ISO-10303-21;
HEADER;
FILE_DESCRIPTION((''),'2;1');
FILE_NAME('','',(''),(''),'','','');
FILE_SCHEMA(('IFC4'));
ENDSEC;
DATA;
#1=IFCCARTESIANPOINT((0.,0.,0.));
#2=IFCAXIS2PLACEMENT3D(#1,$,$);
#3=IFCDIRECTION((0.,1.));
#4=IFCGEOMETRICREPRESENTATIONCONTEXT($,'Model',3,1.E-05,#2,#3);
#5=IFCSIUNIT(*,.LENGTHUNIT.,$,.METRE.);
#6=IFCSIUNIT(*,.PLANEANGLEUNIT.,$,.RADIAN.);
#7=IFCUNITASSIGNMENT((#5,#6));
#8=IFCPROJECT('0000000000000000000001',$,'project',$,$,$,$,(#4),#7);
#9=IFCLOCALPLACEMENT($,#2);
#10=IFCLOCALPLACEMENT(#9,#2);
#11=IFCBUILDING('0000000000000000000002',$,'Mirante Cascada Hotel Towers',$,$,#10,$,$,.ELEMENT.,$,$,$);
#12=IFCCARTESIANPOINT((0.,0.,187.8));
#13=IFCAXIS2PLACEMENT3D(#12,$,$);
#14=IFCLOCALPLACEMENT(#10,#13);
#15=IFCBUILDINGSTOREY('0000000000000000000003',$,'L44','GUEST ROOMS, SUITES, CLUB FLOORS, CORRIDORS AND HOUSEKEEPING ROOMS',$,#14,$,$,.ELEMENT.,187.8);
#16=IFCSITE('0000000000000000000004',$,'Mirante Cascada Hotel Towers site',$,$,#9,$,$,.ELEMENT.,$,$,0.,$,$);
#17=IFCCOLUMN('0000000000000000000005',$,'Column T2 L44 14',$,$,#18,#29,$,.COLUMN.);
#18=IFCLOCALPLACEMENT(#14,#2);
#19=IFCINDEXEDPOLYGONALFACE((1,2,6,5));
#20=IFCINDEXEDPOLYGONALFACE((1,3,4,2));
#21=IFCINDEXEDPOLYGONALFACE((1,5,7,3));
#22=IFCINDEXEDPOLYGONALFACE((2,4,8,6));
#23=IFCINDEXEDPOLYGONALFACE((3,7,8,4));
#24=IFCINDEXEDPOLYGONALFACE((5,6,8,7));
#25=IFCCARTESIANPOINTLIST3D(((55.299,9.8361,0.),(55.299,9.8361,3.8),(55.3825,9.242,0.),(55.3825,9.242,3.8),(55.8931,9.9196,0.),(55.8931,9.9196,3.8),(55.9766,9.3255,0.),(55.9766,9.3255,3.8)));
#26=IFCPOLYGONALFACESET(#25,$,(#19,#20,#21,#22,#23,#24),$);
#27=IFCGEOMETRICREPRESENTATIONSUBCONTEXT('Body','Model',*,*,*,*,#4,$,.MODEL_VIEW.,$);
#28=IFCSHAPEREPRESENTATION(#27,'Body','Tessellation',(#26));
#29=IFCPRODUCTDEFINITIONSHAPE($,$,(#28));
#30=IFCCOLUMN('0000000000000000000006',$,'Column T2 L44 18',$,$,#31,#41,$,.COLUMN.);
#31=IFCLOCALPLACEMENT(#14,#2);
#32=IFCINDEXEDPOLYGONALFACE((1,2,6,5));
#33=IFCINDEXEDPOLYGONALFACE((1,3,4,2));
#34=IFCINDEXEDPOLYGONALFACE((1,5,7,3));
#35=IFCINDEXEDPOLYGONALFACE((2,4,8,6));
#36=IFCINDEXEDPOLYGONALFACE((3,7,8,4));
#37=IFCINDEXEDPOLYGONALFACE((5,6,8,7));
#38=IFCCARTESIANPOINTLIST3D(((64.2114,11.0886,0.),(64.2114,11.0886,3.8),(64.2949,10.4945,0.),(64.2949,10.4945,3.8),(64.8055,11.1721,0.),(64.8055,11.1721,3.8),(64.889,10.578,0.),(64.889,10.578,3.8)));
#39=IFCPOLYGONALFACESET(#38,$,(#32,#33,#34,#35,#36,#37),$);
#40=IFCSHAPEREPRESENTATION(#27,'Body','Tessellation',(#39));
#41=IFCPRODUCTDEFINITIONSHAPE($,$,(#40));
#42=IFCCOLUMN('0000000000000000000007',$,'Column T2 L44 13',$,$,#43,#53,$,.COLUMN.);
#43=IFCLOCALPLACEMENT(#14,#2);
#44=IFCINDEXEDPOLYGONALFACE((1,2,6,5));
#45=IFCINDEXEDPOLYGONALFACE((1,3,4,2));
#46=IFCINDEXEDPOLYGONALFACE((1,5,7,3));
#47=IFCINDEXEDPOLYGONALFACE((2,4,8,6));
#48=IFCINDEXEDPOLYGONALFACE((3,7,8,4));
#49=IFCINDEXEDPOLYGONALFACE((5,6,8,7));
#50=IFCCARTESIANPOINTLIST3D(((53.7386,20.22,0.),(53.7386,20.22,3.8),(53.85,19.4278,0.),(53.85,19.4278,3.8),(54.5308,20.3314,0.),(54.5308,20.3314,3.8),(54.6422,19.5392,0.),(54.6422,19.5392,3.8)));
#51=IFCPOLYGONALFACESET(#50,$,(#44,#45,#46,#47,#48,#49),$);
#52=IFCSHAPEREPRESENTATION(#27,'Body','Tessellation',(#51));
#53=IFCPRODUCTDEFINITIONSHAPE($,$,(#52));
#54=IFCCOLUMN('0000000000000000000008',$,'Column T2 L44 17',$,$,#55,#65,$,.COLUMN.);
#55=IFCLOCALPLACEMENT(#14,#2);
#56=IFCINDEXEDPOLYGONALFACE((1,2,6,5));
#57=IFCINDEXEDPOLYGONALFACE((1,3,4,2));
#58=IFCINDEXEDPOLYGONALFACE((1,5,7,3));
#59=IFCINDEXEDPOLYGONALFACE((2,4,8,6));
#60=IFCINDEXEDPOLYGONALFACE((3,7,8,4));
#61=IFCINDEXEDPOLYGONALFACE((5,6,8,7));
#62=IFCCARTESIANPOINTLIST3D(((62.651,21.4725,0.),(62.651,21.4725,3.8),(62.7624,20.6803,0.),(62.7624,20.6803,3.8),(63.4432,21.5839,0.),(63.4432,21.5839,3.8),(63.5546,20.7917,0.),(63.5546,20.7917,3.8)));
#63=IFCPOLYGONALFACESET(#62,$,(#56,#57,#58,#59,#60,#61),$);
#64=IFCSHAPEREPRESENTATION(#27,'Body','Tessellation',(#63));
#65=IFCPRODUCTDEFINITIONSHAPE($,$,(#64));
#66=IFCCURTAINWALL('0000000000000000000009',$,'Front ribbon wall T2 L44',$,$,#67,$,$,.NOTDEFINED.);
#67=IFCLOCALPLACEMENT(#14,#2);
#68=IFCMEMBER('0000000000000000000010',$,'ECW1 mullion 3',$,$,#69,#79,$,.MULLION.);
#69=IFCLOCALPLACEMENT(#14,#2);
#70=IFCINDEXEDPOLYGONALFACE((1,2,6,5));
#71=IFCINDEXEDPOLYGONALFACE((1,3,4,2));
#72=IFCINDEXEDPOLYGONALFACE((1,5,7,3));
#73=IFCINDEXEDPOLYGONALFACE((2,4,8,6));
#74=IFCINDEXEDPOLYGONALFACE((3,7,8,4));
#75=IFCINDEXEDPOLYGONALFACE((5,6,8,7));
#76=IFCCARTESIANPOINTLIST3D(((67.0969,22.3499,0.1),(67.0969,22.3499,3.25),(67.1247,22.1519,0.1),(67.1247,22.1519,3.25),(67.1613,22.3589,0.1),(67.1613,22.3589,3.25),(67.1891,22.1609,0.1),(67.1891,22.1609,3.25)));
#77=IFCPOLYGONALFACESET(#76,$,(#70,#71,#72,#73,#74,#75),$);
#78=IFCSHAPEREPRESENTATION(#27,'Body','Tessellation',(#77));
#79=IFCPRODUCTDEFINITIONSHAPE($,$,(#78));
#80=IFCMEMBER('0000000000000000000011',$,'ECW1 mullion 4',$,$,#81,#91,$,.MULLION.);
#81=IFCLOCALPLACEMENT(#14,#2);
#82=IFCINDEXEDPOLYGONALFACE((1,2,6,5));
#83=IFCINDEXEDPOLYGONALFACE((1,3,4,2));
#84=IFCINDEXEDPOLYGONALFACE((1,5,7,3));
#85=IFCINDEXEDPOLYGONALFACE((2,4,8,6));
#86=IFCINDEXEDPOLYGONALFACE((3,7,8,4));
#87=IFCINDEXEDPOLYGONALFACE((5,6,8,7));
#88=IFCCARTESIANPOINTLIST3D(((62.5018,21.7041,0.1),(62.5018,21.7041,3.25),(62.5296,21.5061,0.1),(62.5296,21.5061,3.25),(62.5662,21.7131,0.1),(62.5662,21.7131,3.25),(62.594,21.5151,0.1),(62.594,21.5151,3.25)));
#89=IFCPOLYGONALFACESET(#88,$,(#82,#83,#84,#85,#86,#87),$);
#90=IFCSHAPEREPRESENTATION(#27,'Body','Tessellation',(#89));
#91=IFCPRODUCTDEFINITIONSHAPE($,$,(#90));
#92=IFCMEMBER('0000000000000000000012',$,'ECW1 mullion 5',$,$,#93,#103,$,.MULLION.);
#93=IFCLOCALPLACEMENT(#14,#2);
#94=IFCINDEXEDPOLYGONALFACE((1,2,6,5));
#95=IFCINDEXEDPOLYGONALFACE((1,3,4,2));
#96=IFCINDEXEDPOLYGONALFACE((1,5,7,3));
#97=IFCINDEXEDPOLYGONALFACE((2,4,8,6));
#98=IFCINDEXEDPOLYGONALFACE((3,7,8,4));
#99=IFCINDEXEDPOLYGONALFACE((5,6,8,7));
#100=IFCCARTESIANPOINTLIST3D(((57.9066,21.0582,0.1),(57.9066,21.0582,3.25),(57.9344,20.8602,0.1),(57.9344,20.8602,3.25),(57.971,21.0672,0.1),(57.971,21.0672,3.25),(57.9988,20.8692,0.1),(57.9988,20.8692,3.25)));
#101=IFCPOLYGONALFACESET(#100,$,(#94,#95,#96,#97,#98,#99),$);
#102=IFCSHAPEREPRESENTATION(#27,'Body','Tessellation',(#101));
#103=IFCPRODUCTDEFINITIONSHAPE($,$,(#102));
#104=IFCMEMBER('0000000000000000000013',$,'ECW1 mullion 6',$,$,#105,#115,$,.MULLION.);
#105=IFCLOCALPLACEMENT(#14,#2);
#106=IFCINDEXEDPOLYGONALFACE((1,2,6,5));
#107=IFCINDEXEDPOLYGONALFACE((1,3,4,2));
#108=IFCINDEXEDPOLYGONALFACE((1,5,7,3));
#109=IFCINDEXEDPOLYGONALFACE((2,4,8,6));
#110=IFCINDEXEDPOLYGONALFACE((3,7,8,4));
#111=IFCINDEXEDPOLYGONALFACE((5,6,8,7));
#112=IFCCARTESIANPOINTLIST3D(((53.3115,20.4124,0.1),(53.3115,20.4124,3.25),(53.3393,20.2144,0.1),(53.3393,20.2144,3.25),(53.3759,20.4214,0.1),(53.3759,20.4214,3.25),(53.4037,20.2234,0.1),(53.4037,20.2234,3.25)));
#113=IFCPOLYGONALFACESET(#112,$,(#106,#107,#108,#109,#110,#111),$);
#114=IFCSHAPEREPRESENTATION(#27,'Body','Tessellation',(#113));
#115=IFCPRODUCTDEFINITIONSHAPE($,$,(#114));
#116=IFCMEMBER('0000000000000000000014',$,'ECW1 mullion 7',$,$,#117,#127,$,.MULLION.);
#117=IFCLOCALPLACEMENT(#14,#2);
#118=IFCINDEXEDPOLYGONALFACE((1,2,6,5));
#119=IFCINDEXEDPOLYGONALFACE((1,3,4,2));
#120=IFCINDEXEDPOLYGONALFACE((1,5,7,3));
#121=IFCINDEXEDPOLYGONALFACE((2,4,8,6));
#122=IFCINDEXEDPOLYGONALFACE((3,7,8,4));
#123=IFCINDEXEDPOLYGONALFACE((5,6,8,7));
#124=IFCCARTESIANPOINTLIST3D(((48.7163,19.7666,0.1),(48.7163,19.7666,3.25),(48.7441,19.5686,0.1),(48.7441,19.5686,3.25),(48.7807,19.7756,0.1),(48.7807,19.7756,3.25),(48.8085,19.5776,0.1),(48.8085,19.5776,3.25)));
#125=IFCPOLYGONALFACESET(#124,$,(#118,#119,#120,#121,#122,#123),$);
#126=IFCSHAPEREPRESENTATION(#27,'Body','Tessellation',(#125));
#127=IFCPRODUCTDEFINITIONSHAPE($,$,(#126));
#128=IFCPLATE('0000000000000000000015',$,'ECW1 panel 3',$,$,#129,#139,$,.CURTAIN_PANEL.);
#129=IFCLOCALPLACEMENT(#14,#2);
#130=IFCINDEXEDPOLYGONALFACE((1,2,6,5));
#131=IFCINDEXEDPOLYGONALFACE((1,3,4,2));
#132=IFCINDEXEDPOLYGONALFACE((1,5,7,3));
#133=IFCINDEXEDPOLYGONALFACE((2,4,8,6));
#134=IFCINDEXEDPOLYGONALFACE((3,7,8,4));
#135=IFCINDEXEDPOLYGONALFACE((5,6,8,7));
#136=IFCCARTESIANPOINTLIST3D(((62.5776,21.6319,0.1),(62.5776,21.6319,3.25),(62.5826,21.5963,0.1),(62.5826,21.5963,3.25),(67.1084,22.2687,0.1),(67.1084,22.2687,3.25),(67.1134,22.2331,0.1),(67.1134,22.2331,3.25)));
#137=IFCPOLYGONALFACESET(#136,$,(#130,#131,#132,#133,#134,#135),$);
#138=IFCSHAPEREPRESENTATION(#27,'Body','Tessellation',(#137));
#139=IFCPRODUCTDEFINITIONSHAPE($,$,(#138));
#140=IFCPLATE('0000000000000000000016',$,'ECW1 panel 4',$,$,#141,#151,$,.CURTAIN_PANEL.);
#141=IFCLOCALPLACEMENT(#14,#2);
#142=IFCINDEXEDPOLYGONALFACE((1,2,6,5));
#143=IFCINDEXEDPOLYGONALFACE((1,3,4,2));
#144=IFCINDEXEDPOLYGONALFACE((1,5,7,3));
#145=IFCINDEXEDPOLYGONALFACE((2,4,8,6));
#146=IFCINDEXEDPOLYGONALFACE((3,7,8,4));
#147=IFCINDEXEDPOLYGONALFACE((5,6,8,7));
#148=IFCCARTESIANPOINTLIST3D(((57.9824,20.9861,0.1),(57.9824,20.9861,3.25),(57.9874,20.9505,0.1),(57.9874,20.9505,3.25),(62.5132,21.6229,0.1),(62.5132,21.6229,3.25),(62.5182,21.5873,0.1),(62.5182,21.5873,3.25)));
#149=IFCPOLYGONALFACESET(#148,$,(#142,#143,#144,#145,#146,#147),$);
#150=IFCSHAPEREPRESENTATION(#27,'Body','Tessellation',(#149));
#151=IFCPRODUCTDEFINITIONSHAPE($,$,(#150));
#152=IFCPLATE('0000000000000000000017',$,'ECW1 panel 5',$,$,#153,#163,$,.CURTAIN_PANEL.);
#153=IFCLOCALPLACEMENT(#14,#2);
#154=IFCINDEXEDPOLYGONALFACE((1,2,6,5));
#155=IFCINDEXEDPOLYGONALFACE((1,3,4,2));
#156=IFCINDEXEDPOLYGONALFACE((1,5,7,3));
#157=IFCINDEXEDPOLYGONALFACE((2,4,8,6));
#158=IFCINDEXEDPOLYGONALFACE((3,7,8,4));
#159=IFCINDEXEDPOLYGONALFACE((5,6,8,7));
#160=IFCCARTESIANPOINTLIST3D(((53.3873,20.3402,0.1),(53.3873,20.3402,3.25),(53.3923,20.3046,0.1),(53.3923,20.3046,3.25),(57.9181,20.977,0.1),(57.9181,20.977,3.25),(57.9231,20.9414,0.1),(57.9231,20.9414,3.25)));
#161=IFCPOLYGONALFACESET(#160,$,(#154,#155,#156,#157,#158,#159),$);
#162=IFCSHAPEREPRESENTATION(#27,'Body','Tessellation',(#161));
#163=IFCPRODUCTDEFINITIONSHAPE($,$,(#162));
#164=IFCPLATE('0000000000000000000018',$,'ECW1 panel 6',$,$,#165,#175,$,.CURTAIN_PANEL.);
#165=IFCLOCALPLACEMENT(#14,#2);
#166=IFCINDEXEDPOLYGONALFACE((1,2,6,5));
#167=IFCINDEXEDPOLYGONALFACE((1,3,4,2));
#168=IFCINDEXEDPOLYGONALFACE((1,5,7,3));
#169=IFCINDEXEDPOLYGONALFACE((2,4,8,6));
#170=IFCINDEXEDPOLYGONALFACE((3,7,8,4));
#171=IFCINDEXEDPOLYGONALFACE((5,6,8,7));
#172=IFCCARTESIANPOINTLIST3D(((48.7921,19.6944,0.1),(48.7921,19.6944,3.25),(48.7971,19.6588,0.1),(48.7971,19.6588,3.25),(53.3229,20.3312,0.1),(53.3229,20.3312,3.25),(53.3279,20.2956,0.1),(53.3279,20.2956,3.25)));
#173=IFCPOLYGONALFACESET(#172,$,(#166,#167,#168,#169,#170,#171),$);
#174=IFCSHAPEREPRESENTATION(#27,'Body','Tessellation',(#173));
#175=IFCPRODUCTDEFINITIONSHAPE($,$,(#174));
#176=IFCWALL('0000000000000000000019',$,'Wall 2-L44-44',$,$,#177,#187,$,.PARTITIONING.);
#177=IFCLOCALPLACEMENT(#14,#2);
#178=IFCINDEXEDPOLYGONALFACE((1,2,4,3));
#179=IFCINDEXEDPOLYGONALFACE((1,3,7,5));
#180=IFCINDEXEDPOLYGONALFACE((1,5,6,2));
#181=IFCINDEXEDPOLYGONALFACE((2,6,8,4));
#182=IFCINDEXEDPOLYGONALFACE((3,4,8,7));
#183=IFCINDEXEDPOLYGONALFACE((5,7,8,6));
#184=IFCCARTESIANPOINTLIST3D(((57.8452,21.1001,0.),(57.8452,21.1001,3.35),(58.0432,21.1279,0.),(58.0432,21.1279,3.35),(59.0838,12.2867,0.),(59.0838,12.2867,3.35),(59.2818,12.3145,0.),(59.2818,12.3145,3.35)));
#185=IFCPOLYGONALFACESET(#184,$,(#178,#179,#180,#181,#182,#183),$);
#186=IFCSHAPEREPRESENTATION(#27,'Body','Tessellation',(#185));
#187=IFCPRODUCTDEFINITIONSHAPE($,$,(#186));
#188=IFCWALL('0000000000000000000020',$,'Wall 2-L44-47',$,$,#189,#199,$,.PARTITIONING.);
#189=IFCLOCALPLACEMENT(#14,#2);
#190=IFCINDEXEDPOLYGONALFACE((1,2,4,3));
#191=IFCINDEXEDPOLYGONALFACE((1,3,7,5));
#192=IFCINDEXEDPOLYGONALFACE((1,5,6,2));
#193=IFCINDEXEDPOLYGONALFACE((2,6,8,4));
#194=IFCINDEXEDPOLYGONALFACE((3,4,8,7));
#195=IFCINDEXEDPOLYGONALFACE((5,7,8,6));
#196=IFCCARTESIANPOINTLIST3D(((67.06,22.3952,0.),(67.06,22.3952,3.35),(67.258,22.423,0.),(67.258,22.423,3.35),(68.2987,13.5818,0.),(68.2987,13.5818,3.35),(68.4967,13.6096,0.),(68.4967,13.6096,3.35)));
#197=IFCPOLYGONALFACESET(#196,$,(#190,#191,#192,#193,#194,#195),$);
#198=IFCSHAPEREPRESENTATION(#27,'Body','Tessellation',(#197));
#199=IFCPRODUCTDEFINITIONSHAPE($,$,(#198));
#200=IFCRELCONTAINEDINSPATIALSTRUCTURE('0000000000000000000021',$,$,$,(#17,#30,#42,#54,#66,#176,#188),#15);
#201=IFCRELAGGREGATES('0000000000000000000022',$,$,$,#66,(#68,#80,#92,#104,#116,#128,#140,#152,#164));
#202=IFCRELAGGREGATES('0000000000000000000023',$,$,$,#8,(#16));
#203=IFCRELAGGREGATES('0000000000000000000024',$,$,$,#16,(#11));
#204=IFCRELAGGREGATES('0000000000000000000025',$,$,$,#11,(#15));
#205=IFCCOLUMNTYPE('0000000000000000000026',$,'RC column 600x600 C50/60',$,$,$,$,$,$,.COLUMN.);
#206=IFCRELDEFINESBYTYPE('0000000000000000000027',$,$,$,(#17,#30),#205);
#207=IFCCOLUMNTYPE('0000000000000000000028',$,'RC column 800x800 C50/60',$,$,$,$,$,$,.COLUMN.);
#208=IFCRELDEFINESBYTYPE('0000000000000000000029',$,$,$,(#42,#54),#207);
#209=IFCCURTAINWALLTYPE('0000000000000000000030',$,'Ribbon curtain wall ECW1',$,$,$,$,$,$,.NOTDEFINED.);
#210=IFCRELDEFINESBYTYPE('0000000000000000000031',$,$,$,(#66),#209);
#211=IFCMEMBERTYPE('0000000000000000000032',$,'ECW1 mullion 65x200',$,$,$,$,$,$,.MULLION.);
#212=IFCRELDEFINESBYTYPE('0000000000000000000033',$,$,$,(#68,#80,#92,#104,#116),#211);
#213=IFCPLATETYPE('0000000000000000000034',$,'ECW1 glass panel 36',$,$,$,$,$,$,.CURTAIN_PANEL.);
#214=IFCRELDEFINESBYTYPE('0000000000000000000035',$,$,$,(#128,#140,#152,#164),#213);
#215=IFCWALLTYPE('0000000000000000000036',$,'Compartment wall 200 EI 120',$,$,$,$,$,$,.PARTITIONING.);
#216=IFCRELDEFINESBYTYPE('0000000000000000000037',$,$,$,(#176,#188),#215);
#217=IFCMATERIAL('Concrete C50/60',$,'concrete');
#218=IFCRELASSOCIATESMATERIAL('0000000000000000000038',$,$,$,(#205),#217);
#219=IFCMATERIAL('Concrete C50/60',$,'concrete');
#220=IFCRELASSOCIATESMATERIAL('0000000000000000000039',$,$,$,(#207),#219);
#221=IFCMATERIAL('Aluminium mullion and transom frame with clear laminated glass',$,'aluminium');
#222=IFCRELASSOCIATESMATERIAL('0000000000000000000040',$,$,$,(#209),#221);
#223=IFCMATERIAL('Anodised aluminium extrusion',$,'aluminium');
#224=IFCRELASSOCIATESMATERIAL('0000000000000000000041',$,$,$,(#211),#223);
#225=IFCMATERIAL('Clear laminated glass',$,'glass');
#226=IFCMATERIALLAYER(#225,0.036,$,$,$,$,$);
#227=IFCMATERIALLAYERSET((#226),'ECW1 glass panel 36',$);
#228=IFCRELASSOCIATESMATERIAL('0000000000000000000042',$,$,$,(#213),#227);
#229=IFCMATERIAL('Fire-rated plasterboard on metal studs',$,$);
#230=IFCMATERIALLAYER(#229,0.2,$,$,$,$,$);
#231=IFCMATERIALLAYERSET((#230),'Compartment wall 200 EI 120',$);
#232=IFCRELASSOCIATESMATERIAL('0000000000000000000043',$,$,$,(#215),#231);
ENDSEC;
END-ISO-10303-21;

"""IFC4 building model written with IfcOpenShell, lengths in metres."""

from ifc_helpers import new_model, si_unit, direction, frame, frame_2d, origin, origin_2d, place, context, subcontext, project, spatial, rectangle, extrude, material, layer, layer_set, material_profile, profile_set, type_object, element, aggregate, save


model = new_model("IFC4")

# Units and contexts
model_context = context("Model", 3, precision=1e-05, world=origin(), true_north=direction((0.0, 1.0)))
body_context = subcontext(model_context, "Body", "Model", "MODEL_VIEW")
ifc_project = project(units=[si_unit("LENGTHUNIT", "METRE"), si_unit("PLANEANGLEUNIT", "RADIAN")], contexts=[model_context])

# Site, building, storey
site_placement = place(None, origin())
site = spatial("IfcSite", under=ifc_project, at=site_placement, Name="Mirante Cascada Hotel Towers site", CompositionType="ELEMENT", RefElevation=0.0)
building_placement = place(site_placement, origin())
building = spatial("IfcBuilding", under=site, at=building_placement, Name="Mirante Cascada Hotel Towers", CompositionType="ELEMENT")
storey_placement = place(building_placement, frame((0.0, 0.0, 187.8)))
storey = spatial("IfcBuildingStorey", under=building, at=storey_placement, Name="L44", Description="GUEST ROOMS, SUITES, CLUB FLOORS, CORRIDORS AND HOUSEKEEPING ROOMS", CompositionType="ELEMENT", Elevation=187.8)

# Columns
ifc_material_1 = material(Name="Concrete C50/60", Category="concrete")
ifc_material_profile_1 = material_profile(ifc_material_1, rectangle(XDim=0.6, YDim=0.6, at=origin_2d()), Name="RC column 600x600 C50/60")
ifc_profile_set_1 = profile_set([ifc_material_profile_1], Name="Concrete C50/60")
column_type_1 = type_object("IfcColumnType", Name="RC column 600x600 C50/60", PredefinedType="COLUMN", material=ifc_profile_set_1)
for number, where, z_axis, x_axis, name in (
    (1, (55.6378, 9.5808, 0.0), (0.0, 0.0, 1.0), (0.990268, 0.139173, 0.0), "Column T2 L44 14"),
    (2, (64.5502, 10.8333, 0.0), (0.0, 0.0, 1.0), (0.990268, 0.139173, 0.0), "Column T2 L44 18"),
):
    element("IfcColumn", number, at=place(storey_placement, frame(where, z_axis=z_axis, x_axis=x_axis)), inside=storey, type_object=column_type_1, Name=name, PredefinedType="COLUMN", context=body_context, shape_type="SweptSolid", body=[
        extrude(rectangle(XDim=0.6, YDim=0.6, at=origin_2d()), origin(), (0.0, 0.0, 1.0), 3.8),
    ])
ifc_material_2 = material(Name="Concrete C50/60", Category="concrete")
ifc_material_profile_2 = material_profile(ifc_material_2, rectangle(XDim=0.8, YDim=0.8, at=origin_2d()), Name="RC column 800x800 C50/60")
ifc_profile_set_2 = profile_set([ifc_material_profile_2], Name="Concrete C50/60")
column_type_2 = type_object("IfcColumnType", Name="RC column 800x800 C50/60", PredefinedType="COLUMN", material=ifc_profile_set_2)
for number, where, z_axis, x_axis, name in (
    (3, (54.1904, 19.8796, 0.0), (0.0, 0.0, 1.0), (0.990268, 0.139173, 0.0), "Column T2 L44 13"),
    (4, (63.1028, 21.1321, 0.0), (0.0, 0.0, 1.0), (0.990268, 0.139173, 0.0), "Column T2 L44 17"),
):
    element("IfcColumn", number, at=place(storey_placement, frame(where, z_axis=z_axis, x_axis=x_axis)), inside=storey, type_object=column_type_2, Name=name, PredefinedType="COLUMN", context=body_context, shape_type="SweptSolid", body=[
        extrude(rectangle(XDim=0.8, YDim=0.8, at=origin_2d()), origin(), (0.0, 0.0, 1.0), 3.8),
    ])

# Curtain wall, members, plates
ifc_material_3 = material(Name="Aluminium mullion and transom frame with clear laminated glass", Category="aluminium")
curtain_wall_type = type_object("IfcCurtainWallType", Name="Ribbon curtain wall ECW1", PredefinedType="NOTDEFINED", material=ifc_material_3)
curtain_wall_placement = place(storey_placement, origin())
curtain_wall = element("IfcCurtainWall", 5, at=curtain_wall_placement, inside=storey, type_object=curtain_wall_type, Name="Front ribbon wall T2 L44", PredefinedType="NOTDEFINED")
ifc_material_4 = material(Name="Anodised aluminium extrusion", Category="aluminium")
ifc_material_profile_3 = material_profile(ifc_material_4, rectangle(XDim=0.2, YDim=0.065, at=origin_2d()), Name="ECW1 MULLION 65x200")
ifc_profile_set_3 = profile_set([ifc_material_profile_3], Name="Anodised aluminium extrusion")
member_type = type_object("IfcMemberType", Name="ECW1 mullion 65x200", PredefinedType="MULLION", material=ifc_profile_set_3)
member_1_placement = place(storey_placement, frame((67.143, 22.2554, 0.1), z_axis=(0.0, 0.0, 1.0), x_axis=(0.139173, -0.990268, 0.0)))
member_1 = element("IfcMember", 6, at=member_1_placement, type_object=member_type, Name="ECW1 mullion 3", PredefinedType="MULLION", context=body_context, shape_type="SweptSolid", body=[
    extrude(rectangle(XDim=0.2, YDim=0.065, at=origin_2d()), origin(), (0.0, 0.0, 1.0), 3.15),
])
member_2_placement = place(storey_placement, frame((62.5479, 21.6096, 0.1), z_axis=(0.0, 0.0, 1.0), x_axis=(0.139173, -0.990268, 0.0)))
member_2 = element("IfcMember", 7, at=member_2_placement, type_object=member_type, Name="ECW1 mullion 4", PredefinedType="MULLION", context=body_context, shape_type="SweptSolid", body=[
    extrude(rectangle(XDim=0.2, YDim=0.065, at=origin_2d()), origin(), (0.0, 0.0, 1.0), 3.15),
])
member_3_placement = place(storey_placement, frame((57.9527, 20.9637, 0.1), z_axis=(0.0, 0.0, 1.0), x_axis=(0.139173, -0.990268, 0.0)))
member_3 = element("IfcMember", 8, at=member_3_placement, type_object=member_type, Name="ECW1 mullion 5", PredefinedType="MULLION", context=body_context, shape_type="SweptSolid", body=[
    extrude(rectangle(XDim=0.2, YDim=0.065, at=origin_2d()), origin(), (0.0, 0.0, 1.0), 3.15),
])
member_4_placement = place(storey_placement, frame((53.3576, 20.3179, 0.1), z_axis=(0.0, 0.0, 1.0), x_axis=(0.139173, -0.990268, 0.0)))
member_4 = element("IfcMember", 9, at=member_4_placement, type_object=member_type, Name="ECW1 mullion 6", PredefinedType="MULLION", context=body_context, shape_type="SweptSolid", body=[
    extrude(rectangle(XDim=0.2, YDim=0.065, at=origin_2d()), origin(), (0.0, 0.0, 1.0), 3.15),
])
member_5_placement = place(storey_placement, frame((48.7624, 19.6721, 0.1), z_axis=(0.0, 0.0, 1.0), x_axis=(0.139173, -0.990268, 0.0)))
member_5 = element("IfcMember", 10, at=member_5_placement, type_object=member_type, Name="ECW1 mullion 7", PredefinedType="MULLION", context=body_context, shape_type="SweptSolid", body=[
    extrude(rectangle(XDim=0.2, YDim=0.065, at=origin_2d()), origin(), (0.0, 0.0, 1.0), 3.15),
])
ifc_material_5 = material(Name="Clear laminated glass", Category="glass")
ifc_layer_1 = layer(ifc_material_5, 0.036)
ifc_layer_set_1 = layer_set([ifc_layer_1], Name="ECW1 glass panel 36")
plate_type = type_object("IfcPlateType", Name="ECW1 glass panel 36", PredefinedType="CURTAIN_PANEL", material=ifc_layer_set_1)
plate_1_placement = place(storey_placement, frame((64.8455, 21.9325, 0.1), z_axis=(0.0, 0.0, 1.0), x_axis=(-0.990268, -0.139173, 0.0)))
plate_1 = element("IfcPlate", 11, at=plate_1_placement, type_object=plate_type, Name="ECW1 panel 3", PredefinedType="CURTAIN_PANEL", context=body_context, shape_type="SweptSolid", body=[
    extrude(rectangle(XDim=4.5753, YDim=0.036, at=origin_2d()), origin(), (0.0, 0.0, 1.0), 3.15),
])
plate_2_placement = place(storey_placement, frame((60.2503, 21.2867, 0.1), z_axis=(0.0, 0.0, 1.0), x_axis=(-0.990268, -0.139173, 0.0)))
plate_2 = element("IfcPlate", 12, at=plate_2_placement, type_object=plate_type, Name="ECW1 panel 4", PredefinedType="CURTAIN_PANEL", context=body_context, shape_type="SweptSolid", body=[
    extrude(rectangle(XDim=4.5753, YDim=0.036, at=origin_2d()), origin(), (0.0, 0.0, 1.0), 3.15),
])
plate_3_placement = place(storey_placement, frame((55.6552, 20.6408, 0.1), z_axis=(0.0, 0.0, 1.0), x_axis=(-0.990268, -0.139173, 0.0)))
plate_3 = element("IfcPlate", 13, at=plate_3_placement, type_object=plate_type, Name="ECW1 panel 5", PredefinedType="CURTAIN_PANEL", context=body_context, shape_type="SweptSolid", body=[
    extrude(rectangle(XDim=4.5753, YDim=0.036, at=origin_2d()), origin(), (0.0, 0.0, 1.0), 3.15),
])
plate_4_placement = place(storey_placement, frame((51.06, 19.995, 0.1), z_axis=(0.0, 0.0, 1.0), x_axis=(-0.990268, -0.139173, 0.0)))
plate_4 = element("IfcPlate", 14, at=plate_4_placement, type_object=plate_type, Name="ECW1 panel 6", PredefinedType="CURTAIN_PANEL", context=body_context, shape_type="SweptSolid", body=[
    extrude(rectangle(XDim=4.5753, YDim=0.036, at=origin_2d()), origin(), (0.0, 0.0, 1.0), 3.15),
])
aggregate(curtain_wall, [member_1, member_2, member_3, member_4, member_5, plate_1, plate_2, plate_3, plate_4])

# Walls
ifc_material_6 = material(Name="Fire-rated plasterboard on metal studs")
ifc_layer_2 = layer(ifc_material_6, 0.2)
ifc_layer_set_2 = layer_set([ifc_layer_2], Name="Compartment wall 200 EI 120")
wall_type_1 = type_object("IfcWallType", Name="Compartment wall 200 EI 120", PredefinedType="PARTITIONING", material=ifc_layer_set_2)
for number, where, z_axis, x_axis, name in (
    (15, (57.9442, 21.114, 0.0), (0.0, 0.0, 1.0), (0.139168, -0.990269, 0.0), "Wall 2-L44-44"),
    (16, (68.3977, 13.5957, 0.0), (0.0, 0.0, 1.0), (-0.139179, 0.990267, 0.0), "Wall 2-L44-47"),
):
    element("IfcWall", number, at=place(storey_placement, frame(where, z_axis=z_axis, x_axis=x_axis)), inside=storey, type_object=wall_type_1, Name=name, PredefinedType="PARTITIONING", context=body_context, shape_type="SweptSolid", body=[
        extrude(rectangle(XDim=8.9, YDim=0.2, at=frame_2d((4.45, 0.0))), origin(), (0.0, 0.0, 1.0), 3.35),
    ])

save(model, "model.ifc")
